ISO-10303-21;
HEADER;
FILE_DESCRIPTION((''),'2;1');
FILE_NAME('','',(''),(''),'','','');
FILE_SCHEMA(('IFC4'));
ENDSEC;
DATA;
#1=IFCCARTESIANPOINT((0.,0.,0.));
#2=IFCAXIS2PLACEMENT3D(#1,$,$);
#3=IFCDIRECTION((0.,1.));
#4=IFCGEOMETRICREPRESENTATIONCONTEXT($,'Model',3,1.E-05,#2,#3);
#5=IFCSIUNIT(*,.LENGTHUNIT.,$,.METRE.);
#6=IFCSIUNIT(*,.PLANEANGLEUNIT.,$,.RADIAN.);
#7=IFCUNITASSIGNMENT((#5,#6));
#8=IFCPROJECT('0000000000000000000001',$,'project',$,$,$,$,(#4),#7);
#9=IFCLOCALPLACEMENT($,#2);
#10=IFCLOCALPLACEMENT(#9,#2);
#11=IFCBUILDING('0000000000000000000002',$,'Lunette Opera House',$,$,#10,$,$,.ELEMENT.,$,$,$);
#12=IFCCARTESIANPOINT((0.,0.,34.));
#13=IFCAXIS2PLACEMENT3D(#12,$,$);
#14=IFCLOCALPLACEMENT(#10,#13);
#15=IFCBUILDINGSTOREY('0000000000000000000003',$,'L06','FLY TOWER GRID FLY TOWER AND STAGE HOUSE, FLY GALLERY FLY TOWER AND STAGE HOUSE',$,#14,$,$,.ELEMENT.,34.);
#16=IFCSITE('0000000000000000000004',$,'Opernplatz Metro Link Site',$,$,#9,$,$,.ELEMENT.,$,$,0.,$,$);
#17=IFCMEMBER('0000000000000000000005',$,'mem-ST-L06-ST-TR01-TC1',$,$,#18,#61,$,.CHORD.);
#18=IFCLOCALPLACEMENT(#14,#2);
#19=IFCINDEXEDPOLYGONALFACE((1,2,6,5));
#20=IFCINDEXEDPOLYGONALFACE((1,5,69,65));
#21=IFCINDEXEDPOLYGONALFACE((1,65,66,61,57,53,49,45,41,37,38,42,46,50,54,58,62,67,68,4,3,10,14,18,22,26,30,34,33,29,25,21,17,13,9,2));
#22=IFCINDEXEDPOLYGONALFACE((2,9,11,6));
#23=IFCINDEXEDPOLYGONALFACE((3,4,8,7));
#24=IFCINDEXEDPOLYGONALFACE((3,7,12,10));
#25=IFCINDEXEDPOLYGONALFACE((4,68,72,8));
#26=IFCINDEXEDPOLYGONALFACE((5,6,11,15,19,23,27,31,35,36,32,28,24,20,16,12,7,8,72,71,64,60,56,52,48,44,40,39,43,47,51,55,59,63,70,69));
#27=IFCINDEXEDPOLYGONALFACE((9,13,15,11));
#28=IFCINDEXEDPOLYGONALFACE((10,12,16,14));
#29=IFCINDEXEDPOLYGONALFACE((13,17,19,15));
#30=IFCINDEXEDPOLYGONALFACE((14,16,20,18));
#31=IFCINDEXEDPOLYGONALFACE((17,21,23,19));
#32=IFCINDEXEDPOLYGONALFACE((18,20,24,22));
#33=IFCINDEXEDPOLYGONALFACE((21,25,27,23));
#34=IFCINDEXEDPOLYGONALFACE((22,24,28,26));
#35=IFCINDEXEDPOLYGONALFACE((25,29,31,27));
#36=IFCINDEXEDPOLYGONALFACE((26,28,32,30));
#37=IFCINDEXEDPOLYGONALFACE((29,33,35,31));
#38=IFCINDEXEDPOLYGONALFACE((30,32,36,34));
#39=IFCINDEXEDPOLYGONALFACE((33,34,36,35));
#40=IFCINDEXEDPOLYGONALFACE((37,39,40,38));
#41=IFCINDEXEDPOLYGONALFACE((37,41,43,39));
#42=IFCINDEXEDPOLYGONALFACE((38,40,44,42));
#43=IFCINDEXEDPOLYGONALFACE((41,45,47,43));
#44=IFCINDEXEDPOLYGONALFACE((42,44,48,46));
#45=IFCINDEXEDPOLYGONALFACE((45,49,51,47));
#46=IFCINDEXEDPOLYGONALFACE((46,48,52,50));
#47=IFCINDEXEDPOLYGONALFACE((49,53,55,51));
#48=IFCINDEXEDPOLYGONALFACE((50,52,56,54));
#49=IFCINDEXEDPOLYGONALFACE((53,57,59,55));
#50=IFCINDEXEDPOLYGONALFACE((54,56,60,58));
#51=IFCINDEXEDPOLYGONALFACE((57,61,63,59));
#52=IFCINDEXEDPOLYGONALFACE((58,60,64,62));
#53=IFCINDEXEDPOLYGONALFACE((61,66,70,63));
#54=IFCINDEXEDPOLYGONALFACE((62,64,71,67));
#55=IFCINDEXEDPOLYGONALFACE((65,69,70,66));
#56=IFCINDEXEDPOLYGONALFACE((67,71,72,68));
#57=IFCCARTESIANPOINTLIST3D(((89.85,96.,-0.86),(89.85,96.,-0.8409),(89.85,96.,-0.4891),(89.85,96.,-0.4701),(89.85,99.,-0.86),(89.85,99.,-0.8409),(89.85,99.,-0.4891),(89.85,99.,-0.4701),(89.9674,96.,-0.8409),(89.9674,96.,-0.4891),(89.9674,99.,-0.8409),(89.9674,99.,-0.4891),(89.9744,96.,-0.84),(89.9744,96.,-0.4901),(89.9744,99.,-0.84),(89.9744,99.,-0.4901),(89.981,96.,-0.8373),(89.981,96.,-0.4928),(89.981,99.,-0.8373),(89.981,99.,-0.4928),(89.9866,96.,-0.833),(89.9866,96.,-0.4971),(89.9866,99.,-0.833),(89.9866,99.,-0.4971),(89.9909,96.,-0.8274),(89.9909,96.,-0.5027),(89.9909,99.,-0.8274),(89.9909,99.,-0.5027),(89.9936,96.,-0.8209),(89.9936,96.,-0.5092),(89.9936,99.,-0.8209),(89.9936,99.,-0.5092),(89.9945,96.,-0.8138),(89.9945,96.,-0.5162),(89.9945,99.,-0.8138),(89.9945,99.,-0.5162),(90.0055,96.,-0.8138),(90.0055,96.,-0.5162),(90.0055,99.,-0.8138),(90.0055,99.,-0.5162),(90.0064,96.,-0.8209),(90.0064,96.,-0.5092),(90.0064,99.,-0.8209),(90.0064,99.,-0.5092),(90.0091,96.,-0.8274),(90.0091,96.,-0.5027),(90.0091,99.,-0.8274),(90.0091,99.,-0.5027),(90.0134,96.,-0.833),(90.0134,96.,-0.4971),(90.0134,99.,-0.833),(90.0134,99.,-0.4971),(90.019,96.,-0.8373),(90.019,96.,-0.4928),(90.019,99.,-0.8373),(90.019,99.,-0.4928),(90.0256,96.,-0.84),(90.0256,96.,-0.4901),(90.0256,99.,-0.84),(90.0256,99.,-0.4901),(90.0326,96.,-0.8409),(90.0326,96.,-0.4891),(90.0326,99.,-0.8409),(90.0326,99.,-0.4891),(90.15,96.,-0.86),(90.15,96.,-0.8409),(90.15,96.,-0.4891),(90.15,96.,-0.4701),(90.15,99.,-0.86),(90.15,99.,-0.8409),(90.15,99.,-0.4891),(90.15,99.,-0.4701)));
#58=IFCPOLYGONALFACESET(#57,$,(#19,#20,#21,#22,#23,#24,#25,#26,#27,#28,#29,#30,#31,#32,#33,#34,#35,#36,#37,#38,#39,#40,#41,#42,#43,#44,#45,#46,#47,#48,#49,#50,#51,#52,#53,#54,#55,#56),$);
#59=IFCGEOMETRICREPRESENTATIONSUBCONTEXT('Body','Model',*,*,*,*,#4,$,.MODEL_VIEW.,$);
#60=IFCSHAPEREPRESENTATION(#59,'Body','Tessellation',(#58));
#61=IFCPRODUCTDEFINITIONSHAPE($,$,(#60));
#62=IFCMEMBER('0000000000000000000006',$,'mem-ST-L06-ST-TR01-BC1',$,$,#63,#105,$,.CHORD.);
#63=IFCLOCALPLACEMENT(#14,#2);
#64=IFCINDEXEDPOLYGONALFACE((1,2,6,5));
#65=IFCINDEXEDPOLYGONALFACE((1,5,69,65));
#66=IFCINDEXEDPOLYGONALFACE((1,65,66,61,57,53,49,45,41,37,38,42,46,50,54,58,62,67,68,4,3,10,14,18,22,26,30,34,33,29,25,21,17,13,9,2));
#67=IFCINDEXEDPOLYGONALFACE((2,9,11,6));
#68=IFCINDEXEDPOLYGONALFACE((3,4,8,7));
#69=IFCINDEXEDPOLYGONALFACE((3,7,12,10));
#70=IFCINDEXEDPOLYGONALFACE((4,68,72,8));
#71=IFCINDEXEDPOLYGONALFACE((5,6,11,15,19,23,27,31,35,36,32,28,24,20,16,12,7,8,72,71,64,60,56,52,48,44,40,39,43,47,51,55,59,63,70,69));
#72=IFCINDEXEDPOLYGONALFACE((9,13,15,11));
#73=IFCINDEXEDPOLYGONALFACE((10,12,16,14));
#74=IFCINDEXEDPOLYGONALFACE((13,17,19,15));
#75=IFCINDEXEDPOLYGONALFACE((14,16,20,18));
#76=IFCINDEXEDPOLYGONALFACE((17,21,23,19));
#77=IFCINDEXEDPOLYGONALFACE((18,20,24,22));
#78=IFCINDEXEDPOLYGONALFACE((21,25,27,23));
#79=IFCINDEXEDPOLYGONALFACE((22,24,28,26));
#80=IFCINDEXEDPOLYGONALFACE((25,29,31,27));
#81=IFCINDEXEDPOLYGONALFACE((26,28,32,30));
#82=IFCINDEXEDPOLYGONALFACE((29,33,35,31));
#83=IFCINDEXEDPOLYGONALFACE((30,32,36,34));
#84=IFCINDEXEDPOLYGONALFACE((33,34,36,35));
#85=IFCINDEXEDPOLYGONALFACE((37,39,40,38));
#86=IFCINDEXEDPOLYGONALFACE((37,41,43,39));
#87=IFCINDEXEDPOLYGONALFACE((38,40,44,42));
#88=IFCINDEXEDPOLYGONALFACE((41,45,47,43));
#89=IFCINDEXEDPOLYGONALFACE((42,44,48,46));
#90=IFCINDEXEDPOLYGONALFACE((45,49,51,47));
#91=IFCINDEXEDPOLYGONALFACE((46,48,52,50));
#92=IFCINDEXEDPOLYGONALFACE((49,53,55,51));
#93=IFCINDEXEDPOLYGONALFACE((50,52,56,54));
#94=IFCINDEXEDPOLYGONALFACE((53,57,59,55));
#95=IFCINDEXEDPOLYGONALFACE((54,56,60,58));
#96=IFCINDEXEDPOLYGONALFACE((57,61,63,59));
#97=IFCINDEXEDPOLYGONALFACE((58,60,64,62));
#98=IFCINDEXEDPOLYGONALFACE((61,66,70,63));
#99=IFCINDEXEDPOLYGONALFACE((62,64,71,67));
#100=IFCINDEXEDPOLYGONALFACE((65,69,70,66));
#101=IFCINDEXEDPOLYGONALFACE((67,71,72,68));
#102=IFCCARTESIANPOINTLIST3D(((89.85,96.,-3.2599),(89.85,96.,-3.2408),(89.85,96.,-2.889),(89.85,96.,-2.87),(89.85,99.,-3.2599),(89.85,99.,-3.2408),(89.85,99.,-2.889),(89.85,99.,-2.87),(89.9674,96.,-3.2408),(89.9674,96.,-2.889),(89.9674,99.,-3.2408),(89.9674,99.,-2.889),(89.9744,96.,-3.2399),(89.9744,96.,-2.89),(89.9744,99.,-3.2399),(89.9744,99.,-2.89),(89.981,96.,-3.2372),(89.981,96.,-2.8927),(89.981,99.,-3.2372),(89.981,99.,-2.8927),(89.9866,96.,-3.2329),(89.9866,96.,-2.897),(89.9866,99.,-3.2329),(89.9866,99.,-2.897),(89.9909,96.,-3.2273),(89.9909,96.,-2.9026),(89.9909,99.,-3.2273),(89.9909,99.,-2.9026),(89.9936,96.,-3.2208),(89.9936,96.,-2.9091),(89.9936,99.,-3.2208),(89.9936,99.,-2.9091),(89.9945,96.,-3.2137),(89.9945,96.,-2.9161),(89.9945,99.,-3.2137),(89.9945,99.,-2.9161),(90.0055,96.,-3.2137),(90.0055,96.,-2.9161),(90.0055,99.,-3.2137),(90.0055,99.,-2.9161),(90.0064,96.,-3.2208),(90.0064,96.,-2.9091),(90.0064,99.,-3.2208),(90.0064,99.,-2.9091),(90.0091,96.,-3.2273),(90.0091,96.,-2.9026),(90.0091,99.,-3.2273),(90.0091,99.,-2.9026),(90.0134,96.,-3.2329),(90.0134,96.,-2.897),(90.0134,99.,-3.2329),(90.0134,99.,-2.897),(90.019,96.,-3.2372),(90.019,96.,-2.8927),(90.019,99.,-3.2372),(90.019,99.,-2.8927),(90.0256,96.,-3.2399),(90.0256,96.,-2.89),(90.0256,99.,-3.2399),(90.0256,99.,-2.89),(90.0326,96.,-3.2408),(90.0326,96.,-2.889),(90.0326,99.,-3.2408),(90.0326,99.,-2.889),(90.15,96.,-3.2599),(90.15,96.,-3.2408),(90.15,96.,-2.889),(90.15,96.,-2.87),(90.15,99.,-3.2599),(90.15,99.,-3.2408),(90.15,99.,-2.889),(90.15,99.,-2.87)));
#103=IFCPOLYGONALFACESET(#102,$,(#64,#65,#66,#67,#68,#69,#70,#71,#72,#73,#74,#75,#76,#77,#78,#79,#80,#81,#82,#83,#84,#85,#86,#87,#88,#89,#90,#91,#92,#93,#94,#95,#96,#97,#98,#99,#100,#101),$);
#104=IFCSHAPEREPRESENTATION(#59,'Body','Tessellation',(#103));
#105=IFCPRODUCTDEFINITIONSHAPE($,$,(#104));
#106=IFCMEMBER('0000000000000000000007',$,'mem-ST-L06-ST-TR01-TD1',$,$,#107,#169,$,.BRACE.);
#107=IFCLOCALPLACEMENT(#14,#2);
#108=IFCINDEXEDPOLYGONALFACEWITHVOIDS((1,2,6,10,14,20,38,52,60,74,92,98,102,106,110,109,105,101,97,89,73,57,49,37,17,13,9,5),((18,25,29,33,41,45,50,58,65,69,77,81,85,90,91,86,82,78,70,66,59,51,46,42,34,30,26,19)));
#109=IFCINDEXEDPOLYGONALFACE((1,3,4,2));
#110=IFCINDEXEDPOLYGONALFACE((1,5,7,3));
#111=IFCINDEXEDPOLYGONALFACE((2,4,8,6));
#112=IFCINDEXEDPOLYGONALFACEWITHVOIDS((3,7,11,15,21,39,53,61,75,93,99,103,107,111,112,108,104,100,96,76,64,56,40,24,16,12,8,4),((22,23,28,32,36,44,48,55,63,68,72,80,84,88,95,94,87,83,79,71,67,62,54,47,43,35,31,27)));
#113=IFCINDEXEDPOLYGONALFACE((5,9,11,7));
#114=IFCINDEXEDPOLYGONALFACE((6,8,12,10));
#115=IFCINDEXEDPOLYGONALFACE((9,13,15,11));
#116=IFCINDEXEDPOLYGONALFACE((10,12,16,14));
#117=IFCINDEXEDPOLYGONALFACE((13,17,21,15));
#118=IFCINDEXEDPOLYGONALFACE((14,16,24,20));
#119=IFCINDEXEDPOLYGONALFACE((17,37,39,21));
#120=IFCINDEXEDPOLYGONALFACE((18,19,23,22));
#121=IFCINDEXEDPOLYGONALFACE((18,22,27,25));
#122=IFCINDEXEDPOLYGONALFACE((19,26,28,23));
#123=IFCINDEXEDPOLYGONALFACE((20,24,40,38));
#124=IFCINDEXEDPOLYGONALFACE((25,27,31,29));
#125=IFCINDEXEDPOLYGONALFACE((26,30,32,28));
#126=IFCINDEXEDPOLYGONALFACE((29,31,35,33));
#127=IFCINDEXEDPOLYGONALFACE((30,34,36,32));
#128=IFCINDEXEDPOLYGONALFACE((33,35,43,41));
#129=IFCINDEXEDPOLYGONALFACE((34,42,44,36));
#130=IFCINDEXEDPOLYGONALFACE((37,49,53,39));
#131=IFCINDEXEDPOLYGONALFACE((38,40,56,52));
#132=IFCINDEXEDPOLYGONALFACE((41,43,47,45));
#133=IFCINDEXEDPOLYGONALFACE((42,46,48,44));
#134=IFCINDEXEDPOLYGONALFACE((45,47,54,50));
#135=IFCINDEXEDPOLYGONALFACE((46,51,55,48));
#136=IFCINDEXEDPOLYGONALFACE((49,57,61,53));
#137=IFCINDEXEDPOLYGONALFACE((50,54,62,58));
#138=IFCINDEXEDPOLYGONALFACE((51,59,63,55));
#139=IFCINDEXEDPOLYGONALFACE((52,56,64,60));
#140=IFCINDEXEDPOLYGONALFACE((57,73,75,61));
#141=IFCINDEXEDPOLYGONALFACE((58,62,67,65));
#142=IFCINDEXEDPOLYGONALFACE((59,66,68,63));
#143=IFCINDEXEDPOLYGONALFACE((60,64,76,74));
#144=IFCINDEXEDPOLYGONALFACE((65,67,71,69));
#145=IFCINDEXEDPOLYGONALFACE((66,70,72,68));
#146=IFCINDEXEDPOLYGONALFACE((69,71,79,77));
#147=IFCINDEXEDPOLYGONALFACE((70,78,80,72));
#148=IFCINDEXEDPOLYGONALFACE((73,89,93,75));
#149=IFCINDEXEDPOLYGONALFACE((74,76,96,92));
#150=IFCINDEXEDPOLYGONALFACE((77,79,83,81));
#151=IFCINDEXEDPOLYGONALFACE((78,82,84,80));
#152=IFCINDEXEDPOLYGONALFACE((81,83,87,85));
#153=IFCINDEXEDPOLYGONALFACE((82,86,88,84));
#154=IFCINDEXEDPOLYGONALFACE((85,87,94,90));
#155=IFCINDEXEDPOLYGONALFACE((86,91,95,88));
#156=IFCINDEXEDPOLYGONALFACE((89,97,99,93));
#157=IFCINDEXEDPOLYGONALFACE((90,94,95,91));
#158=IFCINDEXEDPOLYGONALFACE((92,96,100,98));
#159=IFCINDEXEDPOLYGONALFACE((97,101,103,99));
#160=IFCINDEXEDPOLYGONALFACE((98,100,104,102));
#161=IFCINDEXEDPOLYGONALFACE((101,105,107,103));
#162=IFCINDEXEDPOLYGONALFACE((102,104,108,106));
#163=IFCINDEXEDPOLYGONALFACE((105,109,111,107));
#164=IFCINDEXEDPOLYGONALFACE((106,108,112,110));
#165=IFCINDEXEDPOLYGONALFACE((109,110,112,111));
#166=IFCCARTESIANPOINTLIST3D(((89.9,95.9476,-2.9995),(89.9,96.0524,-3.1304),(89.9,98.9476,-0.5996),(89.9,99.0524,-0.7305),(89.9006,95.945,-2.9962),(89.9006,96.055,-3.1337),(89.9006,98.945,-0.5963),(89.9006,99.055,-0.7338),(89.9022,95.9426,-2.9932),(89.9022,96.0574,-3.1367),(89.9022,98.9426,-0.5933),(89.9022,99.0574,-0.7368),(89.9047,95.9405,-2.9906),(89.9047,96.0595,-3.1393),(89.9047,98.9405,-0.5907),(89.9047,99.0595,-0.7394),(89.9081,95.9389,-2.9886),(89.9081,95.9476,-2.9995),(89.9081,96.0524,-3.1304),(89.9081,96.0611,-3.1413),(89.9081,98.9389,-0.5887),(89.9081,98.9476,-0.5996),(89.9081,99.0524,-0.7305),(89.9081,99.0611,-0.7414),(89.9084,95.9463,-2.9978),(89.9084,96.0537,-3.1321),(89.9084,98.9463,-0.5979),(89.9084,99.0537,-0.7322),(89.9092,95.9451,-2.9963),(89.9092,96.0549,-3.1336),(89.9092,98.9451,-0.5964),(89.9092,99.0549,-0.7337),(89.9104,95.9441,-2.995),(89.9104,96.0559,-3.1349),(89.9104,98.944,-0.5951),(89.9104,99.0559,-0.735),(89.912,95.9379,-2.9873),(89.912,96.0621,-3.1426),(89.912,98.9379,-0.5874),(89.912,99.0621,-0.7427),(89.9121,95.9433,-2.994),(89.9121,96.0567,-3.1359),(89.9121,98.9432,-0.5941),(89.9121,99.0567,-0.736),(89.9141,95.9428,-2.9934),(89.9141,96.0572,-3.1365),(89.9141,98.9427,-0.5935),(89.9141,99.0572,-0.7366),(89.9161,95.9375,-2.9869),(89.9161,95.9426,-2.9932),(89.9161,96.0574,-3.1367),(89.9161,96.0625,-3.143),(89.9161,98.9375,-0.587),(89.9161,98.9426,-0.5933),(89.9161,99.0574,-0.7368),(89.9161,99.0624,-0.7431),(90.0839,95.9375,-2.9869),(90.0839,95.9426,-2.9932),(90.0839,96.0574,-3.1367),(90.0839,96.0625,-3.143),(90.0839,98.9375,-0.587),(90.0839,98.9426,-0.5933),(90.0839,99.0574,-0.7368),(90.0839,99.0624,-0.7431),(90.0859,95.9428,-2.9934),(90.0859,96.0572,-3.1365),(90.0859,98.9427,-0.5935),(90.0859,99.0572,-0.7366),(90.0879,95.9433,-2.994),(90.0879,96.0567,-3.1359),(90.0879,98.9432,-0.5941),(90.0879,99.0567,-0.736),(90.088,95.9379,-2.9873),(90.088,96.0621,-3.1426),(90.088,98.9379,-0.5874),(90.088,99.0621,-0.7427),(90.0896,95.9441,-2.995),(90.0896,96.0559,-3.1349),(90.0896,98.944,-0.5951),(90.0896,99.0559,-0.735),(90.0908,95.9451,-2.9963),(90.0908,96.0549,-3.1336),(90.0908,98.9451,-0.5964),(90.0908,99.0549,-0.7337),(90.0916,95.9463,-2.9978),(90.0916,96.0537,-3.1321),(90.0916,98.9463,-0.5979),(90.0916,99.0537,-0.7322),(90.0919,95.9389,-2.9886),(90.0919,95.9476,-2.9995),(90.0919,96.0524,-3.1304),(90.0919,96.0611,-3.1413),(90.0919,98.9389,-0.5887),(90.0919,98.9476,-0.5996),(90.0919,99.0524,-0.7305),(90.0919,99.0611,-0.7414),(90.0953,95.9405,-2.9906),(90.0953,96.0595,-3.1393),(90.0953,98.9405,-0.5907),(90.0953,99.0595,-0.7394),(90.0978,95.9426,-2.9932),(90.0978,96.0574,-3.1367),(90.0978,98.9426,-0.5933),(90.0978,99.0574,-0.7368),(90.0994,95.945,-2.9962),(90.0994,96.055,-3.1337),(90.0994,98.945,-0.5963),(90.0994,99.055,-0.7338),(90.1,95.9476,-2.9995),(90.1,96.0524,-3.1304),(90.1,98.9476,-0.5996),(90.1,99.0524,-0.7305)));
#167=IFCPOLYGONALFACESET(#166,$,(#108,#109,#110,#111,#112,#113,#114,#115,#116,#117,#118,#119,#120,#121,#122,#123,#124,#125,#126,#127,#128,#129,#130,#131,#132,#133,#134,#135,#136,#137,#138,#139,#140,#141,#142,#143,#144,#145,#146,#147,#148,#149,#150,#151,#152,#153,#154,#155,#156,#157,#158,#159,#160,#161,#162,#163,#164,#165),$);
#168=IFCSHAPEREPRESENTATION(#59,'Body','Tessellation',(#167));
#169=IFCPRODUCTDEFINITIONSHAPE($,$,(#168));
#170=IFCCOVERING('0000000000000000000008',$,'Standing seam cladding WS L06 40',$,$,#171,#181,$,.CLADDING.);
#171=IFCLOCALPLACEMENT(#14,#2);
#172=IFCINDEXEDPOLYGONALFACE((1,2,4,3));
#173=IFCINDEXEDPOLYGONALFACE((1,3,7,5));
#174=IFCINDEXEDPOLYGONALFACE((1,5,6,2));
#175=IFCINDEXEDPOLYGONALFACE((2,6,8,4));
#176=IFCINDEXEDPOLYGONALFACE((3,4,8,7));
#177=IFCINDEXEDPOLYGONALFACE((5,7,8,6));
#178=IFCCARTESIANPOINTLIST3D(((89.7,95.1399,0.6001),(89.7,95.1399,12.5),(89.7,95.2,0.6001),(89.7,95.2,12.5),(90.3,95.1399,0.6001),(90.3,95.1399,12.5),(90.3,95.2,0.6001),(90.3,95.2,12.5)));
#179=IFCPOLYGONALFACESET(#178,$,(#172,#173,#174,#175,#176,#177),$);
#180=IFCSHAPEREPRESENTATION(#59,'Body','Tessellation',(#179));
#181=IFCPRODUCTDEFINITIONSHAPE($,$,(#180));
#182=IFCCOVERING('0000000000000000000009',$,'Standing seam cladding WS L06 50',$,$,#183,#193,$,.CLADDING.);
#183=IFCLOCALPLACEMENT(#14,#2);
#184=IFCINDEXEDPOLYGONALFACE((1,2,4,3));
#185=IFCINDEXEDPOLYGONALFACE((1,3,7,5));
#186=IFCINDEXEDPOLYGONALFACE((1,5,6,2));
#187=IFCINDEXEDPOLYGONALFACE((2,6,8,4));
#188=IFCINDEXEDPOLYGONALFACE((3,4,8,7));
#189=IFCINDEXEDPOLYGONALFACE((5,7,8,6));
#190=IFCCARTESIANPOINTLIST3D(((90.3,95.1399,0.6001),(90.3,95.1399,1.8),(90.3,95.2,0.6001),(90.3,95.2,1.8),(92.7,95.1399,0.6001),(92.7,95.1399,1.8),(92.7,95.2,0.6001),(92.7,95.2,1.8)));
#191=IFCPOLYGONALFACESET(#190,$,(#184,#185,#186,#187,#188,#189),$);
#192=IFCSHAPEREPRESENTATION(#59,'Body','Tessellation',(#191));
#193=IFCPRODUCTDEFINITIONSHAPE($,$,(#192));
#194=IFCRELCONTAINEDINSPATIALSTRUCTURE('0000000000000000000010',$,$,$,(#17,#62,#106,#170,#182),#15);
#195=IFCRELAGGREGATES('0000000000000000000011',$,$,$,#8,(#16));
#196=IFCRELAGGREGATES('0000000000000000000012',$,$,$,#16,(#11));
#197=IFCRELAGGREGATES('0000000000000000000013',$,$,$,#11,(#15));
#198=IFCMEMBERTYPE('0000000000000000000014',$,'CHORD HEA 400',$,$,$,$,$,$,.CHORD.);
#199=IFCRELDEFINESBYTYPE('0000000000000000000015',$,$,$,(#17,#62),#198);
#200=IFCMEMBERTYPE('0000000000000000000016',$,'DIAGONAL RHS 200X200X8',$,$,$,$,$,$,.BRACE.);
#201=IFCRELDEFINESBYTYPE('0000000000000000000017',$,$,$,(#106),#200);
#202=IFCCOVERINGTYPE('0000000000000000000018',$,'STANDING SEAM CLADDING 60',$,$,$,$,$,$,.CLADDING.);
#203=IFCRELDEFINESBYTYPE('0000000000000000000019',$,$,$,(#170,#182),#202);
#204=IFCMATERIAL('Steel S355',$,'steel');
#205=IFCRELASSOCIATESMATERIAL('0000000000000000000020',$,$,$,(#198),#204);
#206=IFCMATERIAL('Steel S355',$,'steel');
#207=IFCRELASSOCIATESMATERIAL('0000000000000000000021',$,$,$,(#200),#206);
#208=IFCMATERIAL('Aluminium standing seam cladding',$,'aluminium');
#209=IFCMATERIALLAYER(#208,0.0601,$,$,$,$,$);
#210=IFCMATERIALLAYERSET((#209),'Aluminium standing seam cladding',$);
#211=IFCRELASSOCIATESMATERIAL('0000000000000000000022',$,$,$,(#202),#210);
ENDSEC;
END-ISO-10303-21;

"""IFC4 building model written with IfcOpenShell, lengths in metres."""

from ifc_helpers import new_model, si_unit, direction, frame, origin, origin_2d, place, context, subcontext, project, spatial, rectangle, hollow_rectangle, i_section, extrude, material, layer, layer_set, material_profile, profile_set, type_object, element, save


model = new_model("IFC4")

# Units and contexts
model_context = context("Model", 3, precision=1e-05, world=origin(), true_north=direction((0.0, 1.0)))
body_context = subcontext(model_context, "Body", "Model", "MODEL_VIEW")
ifc_project = project(units=[si_unit("LENGTHUNIT", "METRE"), si_unit("PLANEANGLEUNIT", "RADIAN")], contexts=[model_context])

# Site, building, storey
site_placement = place(None, origin())
site = spatial("IfcSite", under=ifc_project, at=site_placement, Name="Opernplatz Metro Link Site", CompositionType="ELEMENT", RefElevation=0.0)
building_placement = place(site_placement, origin())
building = spatial("IfcBuilding", under=site, at=building_placement, Name="Lunette Opera House", CompositionType="ELEMENT")
storey_placement = place(building_placement, frame((0.0, 0.0, 34.0)))
storey = spatial("IfcBuildingStorey", under=building, at=storey_placement, Name="L06", Description="FLY TOWER GRID FLY TOWER AND STAGE HOUSE, FLY GALLERY FLY TOWER AND STAGE HOUSE", CompositionType="ELEMENT", Elevation=34.0)

# Members
ifc_material_1 = material(Name="Steel S355", Category="steel")
ifc_material_profile_1 = material_profile(ifc_material_1, i_section(OverallWidth=0.3, OverallDepth=0.3899, WebThickness=0.011, FlangeThickness=0.019, FilletRadius=0.0271, at=origin_2d()), Name="HEA 400")
ifc_profile_set_1 = profile_set([ifc_material_profile_1], Name="Steel S355")
member_type_1 = type_object("IfcMemberType", Name="CHORD HEA 400", PredefinedType="CHORD", material=ifc_profile_set_1)
for number, where, z_axis, x_axis, name in (
    (1, (90.0, 96.0, -0.665), (0.0, 1.0, 0.0), (-1.0, 0.0, 0.0), "mem-ST-L06-ST-TR01-TC1"),
    (2, (90.0, 96.0, -3.0649), (0.0, 1.0, 0.0), (-1.0, 0.0, 0.0), "mem-ST-L06-ST-TR01-BC1"),
):
    element("IfcMember", number, at=place(storey_placement, frame(where, z_axis=z_axis, x_axis=x_axis)), inside=storey, type_object=member_type_1, Name=name, PredefinedType="CHORD", context=body_context, shape_type="SweptSolid", body=[
        extrude(i_section(OverallWidth=0.3, OverallDepth=0.3899, WebThickness=0.011, FlangeThickness=0.019, FilletRadius=0.0271, at=origin_2d()), origin(), (0.0, 0.0, 1.0), 3.0),
    ])
ifc_material_2 = material(Name="Steel S355", Category="steel")
ifc_material_profile_2 = material_profile(ifc_material_2, hollow_rectangle(XDim=0.2, YDim=0.2, WallThickness=0.0081, InnerFilletRadius=0.0081, OuterFilletRadius=0.0161, at=origin_2d()), Name="RHS 200X200X8")
ifc_profile_set_2 = profile_set([ifc_material_profile_2], Name="Steel S355")
member_type_2 = type_object("IfcMemberType", Name="DIAGONAL RHS 200X200X8", PredefinedType="BRACE", material=ifc_profile_set_2)
member_placement = place(storey_placement, frame((90.0, 96.0, -3.0649), z_axis=(0.0, 0.780881, 0.62468), x_axis=(-1.0, 0.0, 0.0)))
element("IfcMember", 3, at=member_placement, inside=storey, type_object=member_type_2, Name="mem-ST-L06-ST-TR01-TD1", PredefinedType="BRACE", context=body_context, shape_type="SweptSolid", body=[
    extrude(hollow_rectangle(XDim=0.2, YDim=0.2, WallThickness=0.0081, InnerFilletRadius=0.0081, OuterFilletRadius=0.0161, at=origin_2d()), origin(), (0.0, 0.0, 1.0), 3.8418),
])

# Coverings
ifc_material_3 = material(Name="Aluminium standing seam cladding", Category="aluminium")
ifc_layer = layer(ifc_material_3, 0.0601)
ifc_layer_set = layer_set([ifc_layer], Name="Aluminium standing seam cladding")
covering_type = type_object("IfcCoveringType", Name="STANDING SEAM CLADDING 60", PredefinedType="CLADDING", material=ifc_layer_set)
covering_1_placement = place(storey_placement, frame((90.0, 95.1699, 0.6001), z_axis=(0.0, 0.0, 1.0), x_axis=(1.0, 0.0, 0.0)))
element("IfcCovering", 4, at=covering_1_placement, inside=storey, type_object=covering_type, Name="Standing seam cladding WS L06 40", PredefinedType="CLADDING", context=body_context, shape_type="SweptSolid", body=[
    extrude(rectangle(XDim=0.6001, YDim=0.0601, at=origin_2d()), origin(), (0.0, 0.0, 1.0), 11.8999),
])
covering_2_placement = place(storey_placement, frame((91.5, 95.1699, 0.6001), z_axis=(0.0, 0.0, 1.0), x_axis=(1.0, 0.0, 0.0)))
element("IfcCovering", 5, at=covering_2_placement, inside=storey, type_object=covering_type, Name="Standing seam cladding WS L06 50", PredefinedType="CLADDING", context=body_context, shape_type="SweptSolid", body=[
    extrude(rectangle(XDim=2.3999, YDim=0.0601, at=origin_2d()), origin(), (0.0, 0.0, 1.0), 1.2),
])

save(model, "model.ifc")
